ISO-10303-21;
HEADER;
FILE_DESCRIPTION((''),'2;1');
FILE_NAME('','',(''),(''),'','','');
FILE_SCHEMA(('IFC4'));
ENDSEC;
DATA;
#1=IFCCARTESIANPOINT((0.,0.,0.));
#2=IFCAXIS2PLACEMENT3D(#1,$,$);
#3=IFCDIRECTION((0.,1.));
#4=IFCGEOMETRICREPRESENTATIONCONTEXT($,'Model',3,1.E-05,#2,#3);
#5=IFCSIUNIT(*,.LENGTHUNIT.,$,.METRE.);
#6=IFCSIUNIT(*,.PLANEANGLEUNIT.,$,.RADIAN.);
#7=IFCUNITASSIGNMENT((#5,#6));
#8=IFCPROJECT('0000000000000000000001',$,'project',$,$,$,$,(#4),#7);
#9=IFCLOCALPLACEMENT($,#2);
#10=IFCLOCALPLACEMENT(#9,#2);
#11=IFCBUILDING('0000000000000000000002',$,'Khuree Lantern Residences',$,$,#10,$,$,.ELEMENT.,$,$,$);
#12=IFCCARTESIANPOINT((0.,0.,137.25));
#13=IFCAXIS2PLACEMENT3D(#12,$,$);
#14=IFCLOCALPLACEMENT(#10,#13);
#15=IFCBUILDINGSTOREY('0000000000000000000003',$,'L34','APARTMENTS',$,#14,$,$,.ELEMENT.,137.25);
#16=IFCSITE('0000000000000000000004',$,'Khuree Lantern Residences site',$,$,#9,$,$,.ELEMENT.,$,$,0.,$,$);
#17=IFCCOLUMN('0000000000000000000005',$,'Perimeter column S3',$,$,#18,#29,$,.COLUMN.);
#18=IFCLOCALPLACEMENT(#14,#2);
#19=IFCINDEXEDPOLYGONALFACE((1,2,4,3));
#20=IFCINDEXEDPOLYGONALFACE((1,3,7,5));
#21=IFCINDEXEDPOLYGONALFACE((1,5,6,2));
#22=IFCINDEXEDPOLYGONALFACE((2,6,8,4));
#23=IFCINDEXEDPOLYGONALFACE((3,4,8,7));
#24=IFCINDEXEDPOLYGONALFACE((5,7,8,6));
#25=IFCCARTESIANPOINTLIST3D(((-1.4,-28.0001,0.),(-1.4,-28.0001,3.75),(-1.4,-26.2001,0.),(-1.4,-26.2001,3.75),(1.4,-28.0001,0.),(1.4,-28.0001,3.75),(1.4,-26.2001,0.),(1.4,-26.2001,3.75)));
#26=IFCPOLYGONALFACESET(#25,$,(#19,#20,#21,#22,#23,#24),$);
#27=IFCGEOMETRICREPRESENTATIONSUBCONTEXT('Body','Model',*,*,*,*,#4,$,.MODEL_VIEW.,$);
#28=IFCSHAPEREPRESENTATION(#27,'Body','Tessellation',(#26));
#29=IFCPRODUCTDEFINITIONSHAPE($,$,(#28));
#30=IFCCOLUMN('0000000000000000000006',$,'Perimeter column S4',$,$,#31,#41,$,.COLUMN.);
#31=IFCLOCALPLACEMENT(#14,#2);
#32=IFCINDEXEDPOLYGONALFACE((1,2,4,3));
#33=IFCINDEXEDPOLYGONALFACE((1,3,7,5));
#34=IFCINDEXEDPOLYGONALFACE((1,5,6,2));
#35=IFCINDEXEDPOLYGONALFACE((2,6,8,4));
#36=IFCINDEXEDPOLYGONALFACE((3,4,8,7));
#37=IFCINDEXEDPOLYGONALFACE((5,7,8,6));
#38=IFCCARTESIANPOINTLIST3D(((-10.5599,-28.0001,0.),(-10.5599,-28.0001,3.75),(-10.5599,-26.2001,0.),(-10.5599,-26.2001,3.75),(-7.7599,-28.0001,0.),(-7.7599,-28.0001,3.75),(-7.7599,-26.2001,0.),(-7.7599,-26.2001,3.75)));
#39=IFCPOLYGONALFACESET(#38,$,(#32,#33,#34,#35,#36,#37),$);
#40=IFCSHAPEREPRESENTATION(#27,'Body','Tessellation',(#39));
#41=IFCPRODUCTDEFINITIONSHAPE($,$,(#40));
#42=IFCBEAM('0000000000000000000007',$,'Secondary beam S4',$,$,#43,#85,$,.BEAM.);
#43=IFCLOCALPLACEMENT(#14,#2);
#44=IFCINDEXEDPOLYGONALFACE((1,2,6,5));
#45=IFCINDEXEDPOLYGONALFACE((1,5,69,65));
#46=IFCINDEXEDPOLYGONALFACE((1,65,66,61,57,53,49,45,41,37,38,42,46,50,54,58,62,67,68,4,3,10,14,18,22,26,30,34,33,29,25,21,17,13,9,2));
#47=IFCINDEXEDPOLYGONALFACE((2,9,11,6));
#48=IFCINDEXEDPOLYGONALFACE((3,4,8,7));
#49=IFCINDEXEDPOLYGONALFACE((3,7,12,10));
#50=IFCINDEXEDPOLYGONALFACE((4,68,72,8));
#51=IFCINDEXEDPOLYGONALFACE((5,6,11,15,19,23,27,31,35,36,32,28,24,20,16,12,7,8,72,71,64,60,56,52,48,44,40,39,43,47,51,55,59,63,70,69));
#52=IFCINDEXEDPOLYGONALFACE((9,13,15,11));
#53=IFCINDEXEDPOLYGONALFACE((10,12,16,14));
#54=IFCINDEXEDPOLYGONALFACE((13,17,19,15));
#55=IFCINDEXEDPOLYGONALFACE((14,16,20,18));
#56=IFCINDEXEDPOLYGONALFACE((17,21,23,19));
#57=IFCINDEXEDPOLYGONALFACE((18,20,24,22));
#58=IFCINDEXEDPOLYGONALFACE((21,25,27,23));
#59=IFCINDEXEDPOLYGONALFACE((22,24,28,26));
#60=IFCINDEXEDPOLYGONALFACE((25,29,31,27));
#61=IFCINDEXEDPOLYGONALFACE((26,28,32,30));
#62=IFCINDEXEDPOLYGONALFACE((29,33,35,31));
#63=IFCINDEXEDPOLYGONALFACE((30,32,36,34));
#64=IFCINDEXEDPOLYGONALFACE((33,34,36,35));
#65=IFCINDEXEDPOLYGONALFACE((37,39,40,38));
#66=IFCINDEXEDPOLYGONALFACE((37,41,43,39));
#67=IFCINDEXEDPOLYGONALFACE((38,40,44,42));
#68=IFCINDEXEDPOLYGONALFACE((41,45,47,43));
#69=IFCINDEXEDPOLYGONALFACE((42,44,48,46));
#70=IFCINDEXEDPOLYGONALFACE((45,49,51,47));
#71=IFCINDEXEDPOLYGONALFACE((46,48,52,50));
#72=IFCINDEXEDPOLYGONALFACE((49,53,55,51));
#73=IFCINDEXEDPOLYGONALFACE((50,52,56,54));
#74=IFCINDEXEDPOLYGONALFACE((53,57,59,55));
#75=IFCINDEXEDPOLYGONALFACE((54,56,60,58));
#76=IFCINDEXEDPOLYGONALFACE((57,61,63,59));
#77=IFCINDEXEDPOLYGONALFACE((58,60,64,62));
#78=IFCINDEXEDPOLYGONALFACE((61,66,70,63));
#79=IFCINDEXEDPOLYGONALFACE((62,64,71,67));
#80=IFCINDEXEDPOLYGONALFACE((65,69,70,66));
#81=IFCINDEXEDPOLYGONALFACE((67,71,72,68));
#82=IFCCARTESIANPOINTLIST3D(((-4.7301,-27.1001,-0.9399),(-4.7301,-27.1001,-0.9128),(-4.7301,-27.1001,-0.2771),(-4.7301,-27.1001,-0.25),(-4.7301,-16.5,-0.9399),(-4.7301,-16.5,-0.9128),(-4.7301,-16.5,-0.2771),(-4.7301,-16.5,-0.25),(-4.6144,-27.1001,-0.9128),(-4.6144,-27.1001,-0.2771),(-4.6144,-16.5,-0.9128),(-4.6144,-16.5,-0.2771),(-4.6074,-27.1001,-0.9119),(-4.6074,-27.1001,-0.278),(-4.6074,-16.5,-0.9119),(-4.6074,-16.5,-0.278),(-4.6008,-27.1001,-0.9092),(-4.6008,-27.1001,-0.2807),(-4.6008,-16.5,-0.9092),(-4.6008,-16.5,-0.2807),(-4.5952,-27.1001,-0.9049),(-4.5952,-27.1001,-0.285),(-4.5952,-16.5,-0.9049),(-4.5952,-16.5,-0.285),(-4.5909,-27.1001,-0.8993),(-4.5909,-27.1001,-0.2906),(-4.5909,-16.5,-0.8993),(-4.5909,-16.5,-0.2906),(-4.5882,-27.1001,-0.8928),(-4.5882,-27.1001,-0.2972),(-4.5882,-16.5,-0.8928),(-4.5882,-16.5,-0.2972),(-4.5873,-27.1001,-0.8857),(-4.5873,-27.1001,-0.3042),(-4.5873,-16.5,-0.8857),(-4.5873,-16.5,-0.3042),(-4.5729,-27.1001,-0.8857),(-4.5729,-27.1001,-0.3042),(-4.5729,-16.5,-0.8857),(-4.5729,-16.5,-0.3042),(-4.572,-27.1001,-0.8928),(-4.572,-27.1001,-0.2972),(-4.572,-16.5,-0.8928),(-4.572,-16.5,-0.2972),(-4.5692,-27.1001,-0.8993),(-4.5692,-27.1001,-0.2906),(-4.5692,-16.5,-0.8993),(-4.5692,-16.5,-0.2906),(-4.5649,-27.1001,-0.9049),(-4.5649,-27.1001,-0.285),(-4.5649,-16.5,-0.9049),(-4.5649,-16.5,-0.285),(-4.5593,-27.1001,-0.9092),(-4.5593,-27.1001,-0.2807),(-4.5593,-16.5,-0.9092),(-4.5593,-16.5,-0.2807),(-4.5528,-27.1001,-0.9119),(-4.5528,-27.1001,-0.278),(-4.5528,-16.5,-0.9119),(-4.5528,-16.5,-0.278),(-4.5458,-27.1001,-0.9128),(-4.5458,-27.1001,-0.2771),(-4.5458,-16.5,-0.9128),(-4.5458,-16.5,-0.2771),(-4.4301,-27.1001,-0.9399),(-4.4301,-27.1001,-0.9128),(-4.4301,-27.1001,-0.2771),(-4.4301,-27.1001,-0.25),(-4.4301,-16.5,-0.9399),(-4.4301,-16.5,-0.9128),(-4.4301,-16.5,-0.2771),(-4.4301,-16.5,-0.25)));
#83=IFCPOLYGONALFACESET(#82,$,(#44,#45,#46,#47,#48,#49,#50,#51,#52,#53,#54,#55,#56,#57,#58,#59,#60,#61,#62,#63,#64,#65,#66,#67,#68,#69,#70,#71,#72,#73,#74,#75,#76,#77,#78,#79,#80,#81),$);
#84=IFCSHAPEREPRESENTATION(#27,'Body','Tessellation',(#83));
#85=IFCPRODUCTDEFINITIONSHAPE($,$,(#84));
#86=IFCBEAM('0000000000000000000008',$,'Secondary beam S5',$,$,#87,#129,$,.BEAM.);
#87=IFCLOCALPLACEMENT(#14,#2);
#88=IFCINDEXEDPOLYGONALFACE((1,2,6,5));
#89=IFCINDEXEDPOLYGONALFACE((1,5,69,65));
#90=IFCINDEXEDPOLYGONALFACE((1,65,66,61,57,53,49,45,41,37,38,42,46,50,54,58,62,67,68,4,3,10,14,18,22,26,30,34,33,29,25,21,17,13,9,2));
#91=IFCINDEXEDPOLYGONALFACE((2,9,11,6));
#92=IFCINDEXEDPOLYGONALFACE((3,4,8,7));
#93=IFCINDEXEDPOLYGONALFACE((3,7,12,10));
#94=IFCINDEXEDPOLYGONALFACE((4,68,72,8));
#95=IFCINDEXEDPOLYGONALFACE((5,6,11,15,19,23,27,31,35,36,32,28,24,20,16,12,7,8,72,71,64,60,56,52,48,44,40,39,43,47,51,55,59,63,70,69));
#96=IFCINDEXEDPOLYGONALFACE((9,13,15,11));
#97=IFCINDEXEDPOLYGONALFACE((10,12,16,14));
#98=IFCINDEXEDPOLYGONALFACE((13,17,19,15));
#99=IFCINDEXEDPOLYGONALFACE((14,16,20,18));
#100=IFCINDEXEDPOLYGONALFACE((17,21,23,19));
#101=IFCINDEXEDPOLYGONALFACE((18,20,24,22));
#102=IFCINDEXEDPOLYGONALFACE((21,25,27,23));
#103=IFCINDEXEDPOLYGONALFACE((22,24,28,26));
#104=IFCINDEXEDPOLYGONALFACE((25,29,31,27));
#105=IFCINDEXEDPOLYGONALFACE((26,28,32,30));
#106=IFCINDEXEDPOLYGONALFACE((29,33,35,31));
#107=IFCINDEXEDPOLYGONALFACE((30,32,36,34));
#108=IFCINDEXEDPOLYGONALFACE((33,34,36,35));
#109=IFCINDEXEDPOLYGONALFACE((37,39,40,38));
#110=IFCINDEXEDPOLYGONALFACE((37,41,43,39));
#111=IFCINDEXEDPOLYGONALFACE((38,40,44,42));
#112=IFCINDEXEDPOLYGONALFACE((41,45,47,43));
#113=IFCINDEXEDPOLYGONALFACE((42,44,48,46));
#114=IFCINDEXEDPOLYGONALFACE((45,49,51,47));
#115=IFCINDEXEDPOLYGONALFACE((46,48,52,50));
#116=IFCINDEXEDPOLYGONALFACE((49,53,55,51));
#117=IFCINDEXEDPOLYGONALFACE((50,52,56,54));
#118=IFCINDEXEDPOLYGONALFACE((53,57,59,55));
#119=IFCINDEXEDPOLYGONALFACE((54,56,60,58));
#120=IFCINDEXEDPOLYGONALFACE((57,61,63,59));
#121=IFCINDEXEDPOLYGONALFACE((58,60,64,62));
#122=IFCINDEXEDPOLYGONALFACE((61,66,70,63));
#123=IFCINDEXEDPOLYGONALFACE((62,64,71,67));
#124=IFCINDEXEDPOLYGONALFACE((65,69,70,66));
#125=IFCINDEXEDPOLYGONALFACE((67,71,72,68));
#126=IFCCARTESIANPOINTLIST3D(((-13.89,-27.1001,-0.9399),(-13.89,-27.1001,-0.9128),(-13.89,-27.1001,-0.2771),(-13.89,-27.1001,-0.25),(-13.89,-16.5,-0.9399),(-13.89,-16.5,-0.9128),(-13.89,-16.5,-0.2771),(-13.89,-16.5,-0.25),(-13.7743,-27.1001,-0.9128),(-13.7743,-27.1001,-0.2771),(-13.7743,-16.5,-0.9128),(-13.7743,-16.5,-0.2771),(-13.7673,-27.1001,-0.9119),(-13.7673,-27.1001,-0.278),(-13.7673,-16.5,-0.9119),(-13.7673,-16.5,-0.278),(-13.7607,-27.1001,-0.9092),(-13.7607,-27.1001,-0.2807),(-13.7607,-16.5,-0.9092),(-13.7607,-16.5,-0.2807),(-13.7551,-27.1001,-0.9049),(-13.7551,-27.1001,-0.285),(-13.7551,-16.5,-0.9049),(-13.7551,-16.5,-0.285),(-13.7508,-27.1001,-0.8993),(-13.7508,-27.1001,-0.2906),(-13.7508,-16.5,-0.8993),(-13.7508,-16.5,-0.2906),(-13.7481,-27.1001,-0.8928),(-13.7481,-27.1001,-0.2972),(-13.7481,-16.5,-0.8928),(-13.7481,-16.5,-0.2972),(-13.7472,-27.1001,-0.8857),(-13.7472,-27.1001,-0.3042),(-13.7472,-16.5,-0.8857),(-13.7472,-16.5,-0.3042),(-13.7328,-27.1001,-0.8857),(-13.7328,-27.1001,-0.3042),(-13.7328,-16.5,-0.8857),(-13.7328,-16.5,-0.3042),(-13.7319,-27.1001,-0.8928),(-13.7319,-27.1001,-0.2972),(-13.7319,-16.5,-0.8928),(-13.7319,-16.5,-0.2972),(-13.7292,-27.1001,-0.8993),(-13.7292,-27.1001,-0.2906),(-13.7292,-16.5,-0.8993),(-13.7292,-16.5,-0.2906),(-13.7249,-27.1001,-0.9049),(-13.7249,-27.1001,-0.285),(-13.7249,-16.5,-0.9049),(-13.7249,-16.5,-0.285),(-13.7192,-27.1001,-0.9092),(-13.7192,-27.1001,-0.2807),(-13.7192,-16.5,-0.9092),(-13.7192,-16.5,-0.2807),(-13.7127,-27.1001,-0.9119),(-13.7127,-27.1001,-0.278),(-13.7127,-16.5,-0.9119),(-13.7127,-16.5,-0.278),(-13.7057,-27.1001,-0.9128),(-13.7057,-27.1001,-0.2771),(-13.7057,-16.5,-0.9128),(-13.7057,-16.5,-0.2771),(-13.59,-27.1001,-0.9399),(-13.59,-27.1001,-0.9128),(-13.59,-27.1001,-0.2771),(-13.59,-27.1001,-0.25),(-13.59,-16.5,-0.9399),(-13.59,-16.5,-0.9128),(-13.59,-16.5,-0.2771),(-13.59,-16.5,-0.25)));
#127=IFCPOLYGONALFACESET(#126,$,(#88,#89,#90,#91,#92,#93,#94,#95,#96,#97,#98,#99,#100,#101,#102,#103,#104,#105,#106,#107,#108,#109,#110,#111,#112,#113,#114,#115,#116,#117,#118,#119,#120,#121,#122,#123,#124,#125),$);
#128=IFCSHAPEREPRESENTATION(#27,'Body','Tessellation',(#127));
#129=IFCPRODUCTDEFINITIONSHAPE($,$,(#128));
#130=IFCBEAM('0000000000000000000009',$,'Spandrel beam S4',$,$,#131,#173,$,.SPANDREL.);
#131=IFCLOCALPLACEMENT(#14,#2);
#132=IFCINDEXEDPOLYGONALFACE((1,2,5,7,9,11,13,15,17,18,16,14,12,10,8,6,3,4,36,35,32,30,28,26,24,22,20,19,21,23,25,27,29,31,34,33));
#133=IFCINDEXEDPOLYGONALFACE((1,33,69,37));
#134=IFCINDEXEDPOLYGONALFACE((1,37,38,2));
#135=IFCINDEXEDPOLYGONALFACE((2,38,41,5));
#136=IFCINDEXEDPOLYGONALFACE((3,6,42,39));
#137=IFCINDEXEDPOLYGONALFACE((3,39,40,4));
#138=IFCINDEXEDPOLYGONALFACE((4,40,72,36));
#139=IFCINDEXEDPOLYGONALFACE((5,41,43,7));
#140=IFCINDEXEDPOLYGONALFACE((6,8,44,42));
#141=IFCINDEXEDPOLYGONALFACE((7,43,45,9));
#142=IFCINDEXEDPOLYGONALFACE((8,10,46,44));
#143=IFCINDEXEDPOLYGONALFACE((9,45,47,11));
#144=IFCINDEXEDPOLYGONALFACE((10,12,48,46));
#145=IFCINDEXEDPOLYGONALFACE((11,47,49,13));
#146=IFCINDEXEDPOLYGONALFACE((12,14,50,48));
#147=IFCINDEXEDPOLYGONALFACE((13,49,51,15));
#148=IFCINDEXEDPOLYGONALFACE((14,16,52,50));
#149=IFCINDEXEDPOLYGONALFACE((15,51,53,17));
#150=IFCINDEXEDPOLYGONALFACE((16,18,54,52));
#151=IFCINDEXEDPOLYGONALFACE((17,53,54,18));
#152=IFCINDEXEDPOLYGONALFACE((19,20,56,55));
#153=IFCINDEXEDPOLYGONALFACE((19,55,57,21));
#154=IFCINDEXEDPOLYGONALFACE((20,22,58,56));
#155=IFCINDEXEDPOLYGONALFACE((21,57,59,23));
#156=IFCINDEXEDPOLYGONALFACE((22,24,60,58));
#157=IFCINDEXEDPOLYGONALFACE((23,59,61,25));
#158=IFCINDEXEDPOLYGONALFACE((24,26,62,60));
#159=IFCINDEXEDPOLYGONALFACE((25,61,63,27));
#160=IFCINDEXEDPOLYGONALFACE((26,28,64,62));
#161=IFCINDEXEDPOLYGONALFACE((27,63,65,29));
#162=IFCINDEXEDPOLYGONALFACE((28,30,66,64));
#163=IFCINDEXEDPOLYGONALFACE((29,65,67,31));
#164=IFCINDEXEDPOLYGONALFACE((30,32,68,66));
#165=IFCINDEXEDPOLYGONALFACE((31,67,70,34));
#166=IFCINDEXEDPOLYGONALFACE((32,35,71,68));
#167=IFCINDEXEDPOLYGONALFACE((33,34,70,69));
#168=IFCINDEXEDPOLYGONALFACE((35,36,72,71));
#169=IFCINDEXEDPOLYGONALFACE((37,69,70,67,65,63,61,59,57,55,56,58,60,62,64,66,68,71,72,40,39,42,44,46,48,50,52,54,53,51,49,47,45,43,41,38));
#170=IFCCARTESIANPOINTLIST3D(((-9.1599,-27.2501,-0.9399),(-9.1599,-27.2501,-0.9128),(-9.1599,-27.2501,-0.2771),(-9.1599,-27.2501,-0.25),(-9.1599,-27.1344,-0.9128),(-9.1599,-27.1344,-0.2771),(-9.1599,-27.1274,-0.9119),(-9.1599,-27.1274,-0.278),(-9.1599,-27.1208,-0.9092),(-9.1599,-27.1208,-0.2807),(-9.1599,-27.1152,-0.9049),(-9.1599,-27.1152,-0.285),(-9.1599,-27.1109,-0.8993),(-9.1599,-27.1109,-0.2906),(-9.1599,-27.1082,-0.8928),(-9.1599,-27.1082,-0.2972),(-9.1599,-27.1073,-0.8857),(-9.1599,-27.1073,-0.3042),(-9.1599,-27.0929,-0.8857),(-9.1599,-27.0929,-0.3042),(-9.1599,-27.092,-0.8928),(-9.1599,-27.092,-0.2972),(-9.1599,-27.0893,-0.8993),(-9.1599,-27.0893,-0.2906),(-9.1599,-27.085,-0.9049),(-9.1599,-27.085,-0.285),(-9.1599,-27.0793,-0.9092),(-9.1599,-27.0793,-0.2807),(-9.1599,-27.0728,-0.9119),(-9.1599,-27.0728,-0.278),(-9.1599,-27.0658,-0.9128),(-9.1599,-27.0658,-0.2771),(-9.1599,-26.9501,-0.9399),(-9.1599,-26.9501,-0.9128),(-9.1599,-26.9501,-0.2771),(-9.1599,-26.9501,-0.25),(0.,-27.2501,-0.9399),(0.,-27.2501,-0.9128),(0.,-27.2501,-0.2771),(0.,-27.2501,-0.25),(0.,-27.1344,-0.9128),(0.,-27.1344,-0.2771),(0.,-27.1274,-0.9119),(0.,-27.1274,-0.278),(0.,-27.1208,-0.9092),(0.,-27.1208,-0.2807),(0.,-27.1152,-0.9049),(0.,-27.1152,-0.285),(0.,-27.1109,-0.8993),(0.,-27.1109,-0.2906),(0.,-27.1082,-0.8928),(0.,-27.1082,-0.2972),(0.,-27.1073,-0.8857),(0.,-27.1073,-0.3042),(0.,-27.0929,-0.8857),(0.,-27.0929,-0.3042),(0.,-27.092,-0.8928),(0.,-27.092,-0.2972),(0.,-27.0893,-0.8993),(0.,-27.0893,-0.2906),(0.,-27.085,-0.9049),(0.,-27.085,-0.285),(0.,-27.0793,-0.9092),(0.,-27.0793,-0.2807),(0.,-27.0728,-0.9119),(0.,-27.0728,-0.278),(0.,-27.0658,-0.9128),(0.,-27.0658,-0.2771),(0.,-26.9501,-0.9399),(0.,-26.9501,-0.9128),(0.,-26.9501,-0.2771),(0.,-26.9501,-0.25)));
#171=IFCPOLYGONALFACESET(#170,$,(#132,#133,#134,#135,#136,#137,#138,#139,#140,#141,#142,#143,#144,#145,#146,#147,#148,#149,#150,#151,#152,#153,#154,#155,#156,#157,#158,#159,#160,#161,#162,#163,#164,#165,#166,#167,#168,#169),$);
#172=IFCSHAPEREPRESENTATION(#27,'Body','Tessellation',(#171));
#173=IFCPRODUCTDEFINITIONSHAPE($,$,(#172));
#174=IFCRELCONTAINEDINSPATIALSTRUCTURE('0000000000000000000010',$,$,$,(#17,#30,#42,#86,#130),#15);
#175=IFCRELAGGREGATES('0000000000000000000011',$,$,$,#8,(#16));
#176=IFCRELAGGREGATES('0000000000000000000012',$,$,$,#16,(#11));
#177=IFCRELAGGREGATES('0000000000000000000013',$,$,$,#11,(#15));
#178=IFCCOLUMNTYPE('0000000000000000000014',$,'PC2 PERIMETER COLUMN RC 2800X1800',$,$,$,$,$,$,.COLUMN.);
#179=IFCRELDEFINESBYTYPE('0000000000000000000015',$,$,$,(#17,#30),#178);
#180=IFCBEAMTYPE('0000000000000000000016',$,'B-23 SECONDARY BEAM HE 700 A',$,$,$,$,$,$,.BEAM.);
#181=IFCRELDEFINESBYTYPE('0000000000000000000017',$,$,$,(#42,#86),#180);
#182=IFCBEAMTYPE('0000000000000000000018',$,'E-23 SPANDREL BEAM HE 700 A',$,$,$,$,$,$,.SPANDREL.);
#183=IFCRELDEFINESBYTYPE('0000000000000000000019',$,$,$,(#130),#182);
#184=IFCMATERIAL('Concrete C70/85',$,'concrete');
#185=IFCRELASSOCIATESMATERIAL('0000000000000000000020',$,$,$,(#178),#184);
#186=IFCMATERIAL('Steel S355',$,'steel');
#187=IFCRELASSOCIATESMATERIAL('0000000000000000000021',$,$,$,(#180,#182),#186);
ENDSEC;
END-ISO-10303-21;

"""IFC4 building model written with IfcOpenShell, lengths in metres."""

from ifc_helpers import new_model, si_unit, direction, frame, origin, origin_2d, place, context, subcontext, project, spatial, rectangle, i_section, extrude, material, material_profile, profile_set, type_object, element, save


model = new_model("IFC4")

# Units and contexts
model_context = context("Model", 3, precision=1e-05, world=origin(), true_north=direction((0.0, 1.0)))
body_context = subcontext(model_context, "Body", "Model", "MODEL_VIEW")
ifc_project = project(units=[si_unit("LENGTHUNIT", "METRE"), si_unit("PLANEANGLEUNIT", "RADIAN")], contexts=[model_context])

# Site, building, storey
site_placement = place(None, origin())
site = spatial("IfcSite", under=ifc_project, at=site_placement, Name="Khuree Lantern Residences site", CompositionType="ELEMENT", RefElevation=0.0)
building_placement = place(site_placement, origin())
building = spatial("IfcBuilding", under=site, at=building_placement, Name="Khuree Lantern Residences", CompositionType="ELEMENT")
storey_placement = place(building_placement, frame((0.0, 0.0, 137.25)))
storey = spatial("IfcBuildingStorey", under=building, at=storey_placement, Name="L34", Description="APARTMENTS", CompositionType="ELEMENT", Elevation=137.25)

# Columns
ifc_material_1 = material(Name="Concrete C70/85", Category="concrete")
ifc_material_profile_1 = material_profile(ifc_material_1, rectangle(XDim=2.8, YDim=1.8, at=origin_2d()), Name="RC 2800X1800")
ifc_profile_set_1 = profile_set([ifc_material_profile_1], Name="Concrete C70/85")
column_type = type_object("IfcColumnType", Name="PC2 PERIMETER COLUMN RC 2800X1800", PredefinedType="COLUMN", material=ifc_profile_set_1)
for number, where, z_axis, x_axis, name in (
    (1, (0.0, -27.1001, 0.0), (0.0, 0.0, 1.0), (1.0, 0.0, 0.0), "Perimeter column S3"),
    (2, (-9.1599, -27.1001, 0.0), (0.0, 0.0, 1.0), (1.0, 0.0, 0.0), "Perimeter column S4"),
):
    element("IfcColumn", number, at=place(storey_placement, frame(where, z_axis=z_axis, x_axis=x_axis)), inside=storey, type_object=column_type, Name=name, PredefinedType="COLUMN", context=body_context, shape_type="SweptSolid", body=[
        extrude(rectangle(XDim=2.8, YDim=1.8, at=origin_2d()), origin(), (0.0, 0.0, 1.0), 3.75),
    ])

# Beams
ifc_material_2 = material(Name="Steel S355", Category="steel")
ifc_material_profile_2 = material_profile(ifc_material_2, i_section(OverallWidth=0.3, OverallDepth=0.6899, WebThickness=0.0144, FlangeThickness=0.0271, FilletRadius=0.0271, at=origin_2d()), Name="HE 700 A")
ifc_profile_set_2 = profile_set([ifc_material_profile_2], Name="Steel S355")
beam_type_1 = type_object("IfcBeamType", Name="B-23 SECONDARY BEAM HE 700 A", PredefinedType="BEAM", material=ifc_profile_set_2)
for number, where, z_axis, x_axis, name in (
    (3, (-4.5801, -27.1001, -0.595), (0.0, 1.0, 0.0), (-1.0, 0.0, 0.0), "Secondary beam S4"),
    (4, (-13.74, -27.1001, -0.595), (0.0, 1.0, 0.0), (-1.0, 0.0, 0.0), "Secondary beam S5"),
):
    element("IfcBeam", number, at=place(storey_placement, frame(where, z_axis=z_axis, x_axis=x_axis)), inside=storey, type_object=beam_type_1, Name=name, PredefinedType="BEAM", context=body_context, shape_type="SweptSolid", body=[
        extrude(i_section(OverallWidth=0.3, OverallDepth=0.6899, WebThickness=0.0144, FlangeThickness=0.0271, FilletRadius=0.0271, at=origin_2d()), origin(), (0.0, 0.0, 1.0), 10.6001),
    ])
ifc_material_profile_3 = material_profile(ifc_material_2, i_section(OverallWidth=0.3, OverallDepth=0.6899, WebThickness=0.0144, FlangeThickness=0.0271, FilletRadius=0.0271, at=origin_2d()), Name="HE 700 A")
ifc_profile_set_3 = profile_set([ifc_material_profile_3], Name="Steel S355")
beam_type_2 = type_object("IfcBeamType", Name="E-23 SPANDREL BEAM HE 700 A", PredefinedType="SPANDREL", material=ifc_profile_set_3)
beam_1_placement = place(storey_placement, frame((0.0, -27.1001, -0.595), z_axis=(-1.0, 0.0, 0.0), x_axis=(0.0, -1.0, 0.0)))
element("IfcBeam", 5, at=beam_1_placement, inside=storey, type_object=beam_type_2, Name="Spandrel beam S4", PredefinedType="SPANDREL", context=body_context, shape_type="SweptSolid", body=[
    extrude(i_section(OverallWidth=0.3, OverallDepth=0.6899, WebThickness=0.0144, FlangeThickness=0.0271, FilletRadius=0.0271, at=origin_2d()), origin(), (0.0, 0.0, 1.0), 9.1599),
])

save(model, "model.ifc")
